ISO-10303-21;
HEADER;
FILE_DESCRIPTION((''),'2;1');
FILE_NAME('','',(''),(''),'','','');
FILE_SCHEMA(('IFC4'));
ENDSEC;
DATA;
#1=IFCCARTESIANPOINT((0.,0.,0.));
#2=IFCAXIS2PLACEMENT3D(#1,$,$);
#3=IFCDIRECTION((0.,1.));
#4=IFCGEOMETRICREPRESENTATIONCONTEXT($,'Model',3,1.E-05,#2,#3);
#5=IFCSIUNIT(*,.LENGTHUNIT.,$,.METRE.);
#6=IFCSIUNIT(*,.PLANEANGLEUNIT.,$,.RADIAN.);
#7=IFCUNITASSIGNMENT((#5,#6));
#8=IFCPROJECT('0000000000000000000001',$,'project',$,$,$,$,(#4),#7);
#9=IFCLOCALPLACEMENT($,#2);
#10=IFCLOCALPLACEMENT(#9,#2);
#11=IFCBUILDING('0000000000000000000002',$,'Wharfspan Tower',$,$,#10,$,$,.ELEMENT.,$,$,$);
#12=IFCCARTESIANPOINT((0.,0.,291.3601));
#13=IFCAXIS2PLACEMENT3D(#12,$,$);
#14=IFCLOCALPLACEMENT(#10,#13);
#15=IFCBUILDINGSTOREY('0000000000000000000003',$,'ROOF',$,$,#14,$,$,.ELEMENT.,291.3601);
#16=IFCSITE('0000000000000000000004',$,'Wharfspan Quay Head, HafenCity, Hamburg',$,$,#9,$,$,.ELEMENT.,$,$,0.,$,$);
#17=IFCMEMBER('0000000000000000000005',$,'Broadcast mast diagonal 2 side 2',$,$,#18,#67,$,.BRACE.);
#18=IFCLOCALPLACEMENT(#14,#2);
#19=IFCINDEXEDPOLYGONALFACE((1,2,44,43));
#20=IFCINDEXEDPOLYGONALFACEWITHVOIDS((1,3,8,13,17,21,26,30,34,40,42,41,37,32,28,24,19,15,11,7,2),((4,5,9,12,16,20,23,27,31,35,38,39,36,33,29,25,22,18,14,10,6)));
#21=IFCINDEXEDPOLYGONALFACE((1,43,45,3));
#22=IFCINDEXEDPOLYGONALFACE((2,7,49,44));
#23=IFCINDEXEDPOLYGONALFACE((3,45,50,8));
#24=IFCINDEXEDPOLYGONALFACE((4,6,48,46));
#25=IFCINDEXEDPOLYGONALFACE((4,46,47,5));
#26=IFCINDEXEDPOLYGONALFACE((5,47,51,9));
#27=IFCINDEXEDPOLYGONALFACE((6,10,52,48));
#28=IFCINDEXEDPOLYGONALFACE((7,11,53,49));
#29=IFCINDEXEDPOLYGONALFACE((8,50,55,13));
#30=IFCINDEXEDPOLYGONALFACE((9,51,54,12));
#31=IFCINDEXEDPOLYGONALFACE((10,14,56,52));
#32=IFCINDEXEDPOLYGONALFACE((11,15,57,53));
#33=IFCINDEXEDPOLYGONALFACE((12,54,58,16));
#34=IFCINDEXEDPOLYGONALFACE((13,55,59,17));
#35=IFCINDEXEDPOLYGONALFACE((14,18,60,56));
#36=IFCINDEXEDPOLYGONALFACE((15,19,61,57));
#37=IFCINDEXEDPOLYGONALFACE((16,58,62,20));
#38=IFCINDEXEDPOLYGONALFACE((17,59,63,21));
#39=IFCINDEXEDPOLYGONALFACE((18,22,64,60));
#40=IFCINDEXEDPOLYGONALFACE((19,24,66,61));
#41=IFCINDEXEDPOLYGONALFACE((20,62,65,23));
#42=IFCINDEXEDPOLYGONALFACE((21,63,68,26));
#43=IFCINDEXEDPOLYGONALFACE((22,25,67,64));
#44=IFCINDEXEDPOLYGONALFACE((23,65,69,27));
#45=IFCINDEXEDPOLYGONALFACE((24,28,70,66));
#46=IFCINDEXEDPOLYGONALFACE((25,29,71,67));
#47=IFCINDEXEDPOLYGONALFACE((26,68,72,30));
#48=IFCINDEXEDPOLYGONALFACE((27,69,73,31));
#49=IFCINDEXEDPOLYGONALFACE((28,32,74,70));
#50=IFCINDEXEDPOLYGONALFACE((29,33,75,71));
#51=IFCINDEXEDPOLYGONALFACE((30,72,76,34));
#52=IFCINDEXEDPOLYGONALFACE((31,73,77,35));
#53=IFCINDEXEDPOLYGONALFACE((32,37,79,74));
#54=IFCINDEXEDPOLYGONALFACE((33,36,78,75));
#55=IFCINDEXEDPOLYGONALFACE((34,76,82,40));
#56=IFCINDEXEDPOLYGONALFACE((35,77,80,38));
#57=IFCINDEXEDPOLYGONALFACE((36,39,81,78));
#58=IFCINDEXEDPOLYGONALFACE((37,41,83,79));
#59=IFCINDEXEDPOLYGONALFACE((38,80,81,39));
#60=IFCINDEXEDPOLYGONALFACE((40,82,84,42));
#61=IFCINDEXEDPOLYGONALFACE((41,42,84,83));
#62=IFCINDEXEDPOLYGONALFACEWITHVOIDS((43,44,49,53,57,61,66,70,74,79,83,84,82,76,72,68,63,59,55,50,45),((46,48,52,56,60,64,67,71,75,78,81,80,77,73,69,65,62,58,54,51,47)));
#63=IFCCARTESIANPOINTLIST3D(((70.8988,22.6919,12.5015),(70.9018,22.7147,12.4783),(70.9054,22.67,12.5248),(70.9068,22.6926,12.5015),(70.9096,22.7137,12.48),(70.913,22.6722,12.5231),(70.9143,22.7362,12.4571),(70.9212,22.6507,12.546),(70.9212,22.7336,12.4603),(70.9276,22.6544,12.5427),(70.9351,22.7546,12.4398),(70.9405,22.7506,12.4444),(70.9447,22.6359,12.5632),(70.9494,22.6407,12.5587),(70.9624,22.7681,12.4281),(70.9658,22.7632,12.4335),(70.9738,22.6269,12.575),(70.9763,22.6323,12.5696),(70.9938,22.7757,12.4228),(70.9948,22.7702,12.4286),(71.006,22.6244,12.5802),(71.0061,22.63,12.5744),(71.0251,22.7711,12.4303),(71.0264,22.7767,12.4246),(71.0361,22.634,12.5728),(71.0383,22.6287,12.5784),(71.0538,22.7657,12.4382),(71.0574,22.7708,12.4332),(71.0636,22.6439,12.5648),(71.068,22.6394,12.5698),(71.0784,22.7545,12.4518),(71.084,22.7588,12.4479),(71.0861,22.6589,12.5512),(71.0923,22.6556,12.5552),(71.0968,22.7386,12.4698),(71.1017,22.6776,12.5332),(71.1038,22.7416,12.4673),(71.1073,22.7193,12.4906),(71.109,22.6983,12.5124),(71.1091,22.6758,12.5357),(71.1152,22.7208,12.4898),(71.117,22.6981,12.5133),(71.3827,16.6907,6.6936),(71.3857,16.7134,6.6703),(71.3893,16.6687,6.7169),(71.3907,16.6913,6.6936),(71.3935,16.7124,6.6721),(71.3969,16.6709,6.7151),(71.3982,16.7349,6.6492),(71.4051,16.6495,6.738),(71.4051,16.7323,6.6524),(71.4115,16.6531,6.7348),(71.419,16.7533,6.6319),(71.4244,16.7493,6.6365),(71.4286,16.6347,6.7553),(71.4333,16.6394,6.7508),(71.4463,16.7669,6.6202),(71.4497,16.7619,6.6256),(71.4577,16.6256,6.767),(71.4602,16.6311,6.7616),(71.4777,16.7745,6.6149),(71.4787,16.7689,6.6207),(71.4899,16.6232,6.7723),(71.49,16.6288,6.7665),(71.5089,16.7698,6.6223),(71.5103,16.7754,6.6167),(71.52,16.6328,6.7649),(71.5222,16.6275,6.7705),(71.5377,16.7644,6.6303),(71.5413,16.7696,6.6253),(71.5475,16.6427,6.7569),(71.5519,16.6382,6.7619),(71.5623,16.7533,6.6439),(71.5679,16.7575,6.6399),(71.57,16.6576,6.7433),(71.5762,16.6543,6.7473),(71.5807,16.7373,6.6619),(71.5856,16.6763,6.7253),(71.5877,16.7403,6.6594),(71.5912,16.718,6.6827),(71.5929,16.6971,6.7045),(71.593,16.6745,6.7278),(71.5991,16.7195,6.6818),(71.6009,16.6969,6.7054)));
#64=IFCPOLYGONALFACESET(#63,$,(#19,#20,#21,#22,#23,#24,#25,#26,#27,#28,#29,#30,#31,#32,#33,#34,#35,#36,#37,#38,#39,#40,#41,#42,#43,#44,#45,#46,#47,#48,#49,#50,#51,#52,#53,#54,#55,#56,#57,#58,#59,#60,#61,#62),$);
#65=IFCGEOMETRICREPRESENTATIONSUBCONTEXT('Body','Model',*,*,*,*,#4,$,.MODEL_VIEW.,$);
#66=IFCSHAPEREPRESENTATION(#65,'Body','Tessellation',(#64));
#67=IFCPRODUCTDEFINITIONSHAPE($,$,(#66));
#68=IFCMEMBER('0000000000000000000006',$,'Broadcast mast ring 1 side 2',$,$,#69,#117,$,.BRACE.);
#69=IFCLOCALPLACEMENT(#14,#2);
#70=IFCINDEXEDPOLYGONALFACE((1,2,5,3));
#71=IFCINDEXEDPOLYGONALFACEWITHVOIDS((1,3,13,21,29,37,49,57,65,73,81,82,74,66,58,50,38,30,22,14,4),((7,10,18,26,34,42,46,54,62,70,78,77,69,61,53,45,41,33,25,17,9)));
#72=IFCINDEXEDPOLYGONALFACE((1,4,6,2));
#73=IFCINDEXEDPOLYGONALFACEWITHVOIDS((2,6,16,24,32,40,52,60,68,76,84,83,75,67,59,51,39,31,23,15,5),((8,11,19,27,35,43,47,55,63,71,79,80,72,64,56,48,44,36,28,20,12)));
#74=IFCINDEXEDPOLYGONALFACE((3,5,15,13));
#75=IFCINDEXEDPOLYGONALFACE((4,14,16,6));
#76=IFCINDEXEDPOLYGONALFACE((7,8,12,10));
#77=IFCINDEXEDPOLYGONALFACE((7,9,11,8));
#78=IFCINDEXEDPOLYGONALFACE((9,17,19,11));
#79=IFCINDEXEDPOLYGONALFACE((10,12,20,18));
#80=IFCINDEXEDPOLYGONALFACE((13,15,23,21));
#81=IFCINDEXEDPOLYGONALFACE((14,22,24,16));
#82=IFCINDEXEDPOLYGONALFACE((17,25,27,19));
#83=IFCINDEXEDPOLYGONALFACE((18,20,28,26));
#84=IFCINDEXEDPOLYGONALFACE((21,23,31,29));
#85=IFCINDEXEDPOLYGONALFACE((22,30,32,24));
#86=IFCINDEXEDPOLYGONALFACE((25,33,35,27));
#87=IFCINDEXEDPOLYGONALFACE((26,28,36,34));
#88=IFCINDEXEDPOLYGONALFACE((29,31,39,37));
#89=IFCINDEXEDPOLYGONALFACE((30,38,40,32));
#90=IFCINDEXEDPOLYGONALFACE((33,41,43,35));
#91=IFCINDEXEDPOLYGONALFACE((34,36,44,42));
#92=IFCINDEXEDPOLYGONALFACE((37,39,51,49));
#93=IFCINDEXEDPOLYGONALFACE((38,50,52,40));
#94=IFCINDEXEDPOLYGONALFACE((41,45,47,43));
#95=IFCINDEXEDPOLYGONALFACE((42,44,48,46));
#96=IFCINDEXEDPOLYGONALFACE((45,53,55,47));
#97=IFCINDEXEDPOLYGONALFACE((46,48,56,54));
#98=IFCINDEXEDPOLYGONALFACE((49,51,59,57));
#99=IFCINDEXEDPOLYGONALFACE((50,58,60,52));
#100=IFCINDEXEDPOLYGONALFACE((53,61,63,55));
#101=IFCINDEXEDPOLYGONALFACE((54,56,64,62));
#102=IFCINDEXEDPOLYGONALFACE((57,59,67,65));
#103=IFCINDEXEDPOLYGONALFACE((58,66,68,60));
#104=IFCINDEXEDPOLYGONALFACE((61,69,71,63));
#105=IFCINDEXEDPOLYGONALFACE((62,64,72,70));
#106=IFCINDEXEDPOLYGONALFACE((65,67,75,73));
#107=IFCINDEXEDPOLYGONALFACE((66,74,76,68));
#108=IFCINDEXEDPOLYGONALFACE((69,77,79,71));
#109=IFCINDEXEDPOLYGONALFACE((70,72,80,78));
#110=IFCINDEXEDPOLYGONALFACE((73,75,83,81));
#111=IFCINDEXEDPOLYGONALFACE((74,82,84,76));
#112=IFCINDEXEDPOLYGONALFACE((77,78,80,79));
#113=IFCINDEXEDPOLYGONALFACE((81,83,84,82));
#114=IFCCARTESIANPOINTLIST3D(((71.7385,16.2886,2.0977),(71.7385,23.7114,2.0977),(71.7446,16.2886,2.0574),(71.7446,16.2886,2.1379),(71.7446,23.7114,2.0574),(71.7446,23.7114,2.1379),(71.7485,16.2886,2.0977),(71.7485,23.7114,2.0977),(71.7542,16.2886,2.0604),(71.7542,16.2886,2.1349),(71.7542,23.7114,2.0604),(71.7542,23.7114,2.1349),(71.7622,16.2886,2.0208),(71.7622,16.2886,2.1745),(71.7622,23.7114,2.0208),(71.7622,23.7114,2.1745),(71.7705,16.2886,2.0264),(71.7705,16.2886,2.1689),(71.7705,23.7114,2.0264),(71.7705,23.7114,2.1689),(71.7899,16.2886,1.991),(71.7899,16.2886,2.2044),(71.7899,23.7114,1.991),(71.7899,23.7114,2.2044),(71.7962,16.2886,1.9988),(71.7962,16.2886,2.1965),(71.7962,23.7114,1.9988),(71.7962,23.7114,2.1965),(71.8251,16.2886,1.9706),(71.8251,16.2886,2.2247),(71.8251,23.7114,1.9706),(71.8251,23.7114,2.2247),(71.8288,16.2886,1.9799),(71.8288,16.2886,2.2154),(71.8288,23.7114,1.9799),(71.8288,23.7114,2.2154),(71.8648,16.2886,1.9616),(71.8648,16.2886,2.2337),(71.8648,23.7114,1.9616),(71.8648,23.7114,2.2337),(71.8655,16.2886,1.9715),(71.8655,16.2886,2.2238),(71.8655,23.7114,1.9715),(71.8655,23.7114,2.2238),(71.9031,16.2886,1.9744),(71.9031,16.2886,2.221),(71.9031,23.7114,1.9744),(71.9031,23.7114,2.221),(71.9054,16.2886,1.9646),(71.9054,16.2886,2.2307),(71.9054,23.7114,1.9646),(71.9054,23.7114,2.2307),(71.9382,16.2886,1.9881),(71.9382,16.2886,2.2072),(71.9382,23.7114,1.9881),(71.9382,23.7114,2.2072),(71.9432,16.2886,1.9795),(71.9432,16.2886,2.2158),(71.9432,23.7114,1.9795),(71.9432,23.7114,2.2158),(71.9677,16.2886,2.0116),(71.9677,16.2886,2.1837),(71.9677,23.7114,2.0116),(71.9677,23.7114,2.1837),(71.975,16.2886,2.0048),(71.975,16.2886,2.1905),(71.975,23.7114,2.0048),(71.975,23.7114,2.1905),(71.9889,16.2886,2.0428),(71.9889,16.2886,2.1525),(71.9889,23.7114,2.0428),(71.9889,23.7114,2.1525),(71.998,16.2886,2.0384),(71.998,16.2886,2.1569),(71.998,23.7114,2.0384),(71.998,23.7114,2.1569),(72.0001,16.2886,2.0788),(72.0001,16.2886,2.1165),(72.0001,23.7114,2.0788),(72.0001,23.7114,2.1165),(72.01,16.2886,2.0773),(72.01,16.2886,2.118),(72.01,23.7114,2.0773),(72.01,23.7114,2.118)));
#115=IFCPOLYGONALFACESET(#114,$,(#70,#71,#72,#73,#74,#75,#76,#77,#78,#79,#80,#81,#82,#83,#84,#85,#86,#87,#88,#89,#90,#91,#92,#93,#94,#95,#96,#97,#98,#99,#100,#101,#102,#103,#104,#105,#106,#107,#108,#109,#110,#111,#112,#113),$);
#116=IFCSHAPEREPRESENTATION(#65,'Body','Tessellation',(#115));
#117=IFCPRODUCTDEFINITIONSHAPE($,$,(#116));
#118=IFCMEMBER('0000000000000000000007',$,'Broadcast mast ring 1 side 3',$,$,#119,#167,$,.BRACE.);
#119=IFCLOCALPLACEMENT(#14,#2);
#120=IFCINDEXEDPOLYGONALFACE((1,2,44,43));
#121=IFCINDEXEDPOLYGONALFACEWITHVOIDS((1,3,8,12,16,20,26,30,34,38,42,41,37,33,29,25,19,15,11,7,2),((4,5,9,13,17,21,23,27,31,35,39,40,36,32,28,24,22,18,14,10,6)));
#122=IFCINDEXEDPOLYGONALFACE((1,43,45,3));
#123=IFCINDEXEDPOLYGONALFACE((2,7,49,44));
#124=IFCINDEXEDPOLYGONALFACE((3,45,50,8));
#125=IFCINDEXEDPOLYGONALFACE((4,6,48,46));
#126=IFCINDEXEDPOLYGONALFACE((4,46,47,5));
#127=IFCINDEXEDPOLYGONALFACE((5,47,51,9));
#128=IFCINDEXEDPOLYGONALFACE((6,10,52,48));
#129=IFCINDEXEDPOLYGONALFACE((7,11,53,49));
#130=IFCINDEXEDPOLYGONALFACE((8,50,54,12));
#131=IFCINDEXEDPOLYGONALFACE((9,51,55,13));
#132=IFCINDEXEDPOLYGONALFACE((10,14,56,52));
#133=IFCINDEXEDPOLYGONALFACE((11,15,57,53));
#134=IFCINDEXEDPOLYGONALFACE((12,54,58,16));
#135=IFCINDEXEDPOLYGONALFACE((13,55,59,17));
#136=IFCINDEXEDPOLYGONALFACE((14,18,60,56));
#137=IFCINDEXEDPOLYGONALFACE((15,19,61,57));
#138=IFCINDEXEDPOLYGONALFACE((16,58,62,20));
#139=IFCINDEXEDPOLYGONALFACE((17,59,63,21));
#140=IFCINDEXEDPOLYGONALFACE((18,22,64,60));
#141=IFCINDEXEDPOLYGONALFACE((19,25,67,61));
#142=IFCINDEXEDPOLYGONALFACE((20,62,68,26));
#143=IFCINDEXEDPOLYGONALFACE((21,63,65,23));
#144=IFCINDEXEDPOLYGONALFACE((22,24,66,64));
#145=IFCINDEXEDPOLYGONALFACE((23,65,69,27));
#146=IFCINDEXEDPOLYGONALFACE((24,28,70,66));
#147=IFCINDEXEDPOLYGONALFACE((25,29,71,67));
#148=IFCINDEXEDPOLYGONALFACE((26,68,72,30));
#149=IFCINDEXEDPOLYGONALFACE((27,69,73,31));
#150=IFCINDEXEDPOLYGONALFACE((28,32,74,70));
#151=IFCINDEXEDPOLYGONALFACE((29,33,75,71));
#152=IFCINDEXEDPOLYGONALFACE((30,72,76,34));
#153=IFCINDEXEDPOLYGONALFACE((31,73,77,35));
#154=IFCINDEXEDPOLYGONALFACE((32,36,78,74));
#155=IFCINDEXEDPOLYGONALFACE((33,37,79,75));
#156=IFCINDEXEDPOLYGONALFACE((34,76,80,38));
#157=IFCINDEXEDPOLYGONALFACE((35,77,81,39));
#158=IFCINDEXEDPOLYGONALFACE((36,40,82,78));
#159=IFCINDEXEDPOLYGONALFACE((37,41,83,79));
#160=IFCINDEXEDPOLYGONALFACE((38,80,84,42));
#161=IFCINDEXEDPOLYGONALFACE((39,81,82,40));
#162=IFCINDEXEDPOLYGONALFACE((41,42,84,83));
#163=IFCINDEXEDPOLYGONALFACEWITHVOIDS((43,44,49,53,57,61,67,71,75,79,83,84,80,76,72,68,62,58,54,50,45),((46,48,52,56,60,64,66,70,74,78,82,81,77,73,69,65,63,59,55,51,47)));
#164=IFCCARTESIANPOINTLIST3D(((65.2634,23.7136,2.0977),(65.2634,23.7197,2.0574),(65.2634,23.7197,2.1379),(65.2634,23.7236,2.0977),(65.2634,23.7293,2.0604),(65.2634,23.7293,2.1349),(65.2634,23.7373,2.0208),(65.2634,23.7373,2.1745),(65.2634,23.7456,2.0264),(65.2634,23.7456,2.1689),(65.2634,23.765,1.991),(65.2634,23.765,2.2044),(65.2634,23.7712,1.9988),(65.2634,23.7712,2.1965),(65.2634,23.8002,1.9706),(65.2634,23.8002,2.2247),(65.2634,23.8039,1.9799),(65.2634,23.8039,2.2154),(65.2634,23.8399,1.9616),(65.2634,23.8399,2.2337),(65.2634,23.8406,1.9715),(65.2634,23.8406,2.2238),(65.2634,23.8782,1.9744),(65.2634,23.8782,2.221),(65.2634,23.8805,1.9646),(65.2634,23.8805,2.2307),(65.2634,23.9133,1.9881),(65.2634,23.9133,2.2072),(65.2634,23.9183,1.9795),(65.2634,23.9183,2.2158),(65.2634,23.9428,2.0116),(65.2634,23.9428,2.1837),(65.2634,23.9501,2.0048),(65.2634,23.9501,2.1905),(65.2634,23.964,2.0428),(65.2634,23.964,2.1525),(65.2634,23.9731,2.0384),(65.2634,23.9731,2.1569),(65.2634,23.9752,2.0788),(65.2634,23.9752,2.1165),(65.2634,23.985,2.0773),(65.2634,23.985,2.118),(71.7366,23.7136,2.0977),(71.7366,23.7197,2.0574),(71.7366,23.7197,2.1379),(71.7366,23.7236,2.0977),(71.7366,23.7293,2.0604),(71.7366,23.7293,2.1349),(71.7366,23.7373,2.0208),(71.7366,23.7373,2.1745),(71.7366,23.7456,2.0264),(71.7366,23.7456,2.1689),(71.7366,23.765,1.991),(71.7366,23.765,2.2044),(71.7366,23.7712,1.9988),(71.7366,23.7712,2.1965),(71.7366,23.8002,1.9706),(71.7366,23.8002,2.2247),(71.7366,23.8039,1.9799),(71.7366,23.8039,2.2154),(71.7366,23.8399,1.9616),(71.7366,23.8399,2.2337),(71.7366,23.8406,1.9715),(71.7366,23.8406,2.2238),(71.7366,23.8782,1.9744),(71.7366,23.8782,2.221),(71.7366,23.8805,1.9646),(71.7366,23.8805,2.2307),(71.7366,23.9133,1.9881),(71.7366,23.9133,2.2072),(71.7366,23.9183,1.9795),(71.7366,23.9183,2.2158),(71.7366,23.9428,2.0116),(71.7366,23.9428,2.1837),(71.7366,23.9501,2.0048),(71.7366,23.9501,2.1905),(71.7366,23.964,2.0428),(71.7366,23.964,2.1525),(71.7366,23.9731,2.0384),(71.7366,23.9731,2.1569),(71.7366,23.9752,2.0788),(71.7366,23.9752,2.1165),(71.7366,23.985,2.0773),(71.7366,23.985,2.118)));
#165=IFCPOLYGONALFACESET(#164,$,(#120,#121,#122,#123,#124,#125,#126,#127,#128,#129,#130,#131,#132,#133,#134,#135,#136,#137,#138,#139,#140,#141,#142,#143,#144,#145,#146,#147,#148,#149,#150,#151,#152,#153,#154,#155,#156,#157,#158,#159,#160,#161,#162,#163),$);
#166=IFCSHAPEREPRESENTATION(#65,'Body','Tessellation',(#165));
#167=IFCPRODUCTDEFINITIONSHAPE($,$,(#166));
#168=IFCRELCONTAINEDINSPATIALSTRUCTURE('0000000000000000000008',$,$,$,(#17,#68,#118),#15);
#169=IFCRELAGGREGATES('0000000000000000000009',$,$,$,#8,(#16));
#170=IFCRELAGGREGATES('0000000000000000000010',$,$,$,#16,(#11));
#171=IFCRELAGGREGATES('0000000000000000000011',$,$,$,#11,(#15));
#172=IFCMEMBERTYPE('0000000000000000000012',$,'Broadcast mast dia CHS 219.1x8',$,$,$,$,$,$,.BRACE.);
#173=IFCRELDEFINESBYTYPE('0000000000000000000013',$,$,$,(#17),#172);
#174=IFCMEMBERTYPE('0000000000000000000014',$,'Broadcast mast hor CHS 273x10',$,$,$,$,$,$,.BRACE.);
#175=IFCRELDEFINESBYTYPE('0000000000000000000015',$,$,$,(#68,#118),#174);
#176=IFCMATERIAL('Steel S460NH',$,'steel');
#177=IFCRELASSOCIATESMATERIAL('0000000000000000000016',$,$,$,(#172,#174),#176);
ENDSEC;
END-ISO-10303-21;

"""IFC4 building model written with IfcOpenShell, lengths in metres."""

from ifc_helpers import new_model, si_unit, direction, frame, origin, origin_2d, place, context, subcontext, project, spatial, hollow_circle, extrude, material, material_profile, profile_set, type_object, element, save


model = new_model("IFC4")

# Units and contexts
model_context = context("Model", 3, precision=1e-05, world=origin(), true_north=direction((0.0, 1.0)))
body_context = subcontext(model_context, "Body", "Model", "MODEL_VIEW")
ifc_project = project(units=[si_unit("LENGTHUNIT", "METRE"), si_unit("PLANEANGLEUNIT", "RADIAN")], contexts=[model_context])

# Site, building, storey
site_placement = place(None, origin())
site = spatial("IfcSite", under=ifc_project, at=site_placement, Name="Wharfspan Quay Head, HafenCity, Hamburg", CompositionType="ELEMENT", RefElevation=0.0)
building_placement = place(site_placement, origin())
building = spatial("IfcBuilding", under=site, at=building_placement, Name="Wharfspan Tower", CompositionType="ELEMENT")
storey_placement = place(building_placement, frame((0.0, 0.0, 291.3601)))
storey = spatial("IfcBuildingStorey", under=building, at=storey_placement, Name="ROOF", CompositionType="ELEMENT", Elevation=291.3601)

# Members
ifc_material_1 = material(Name="Steel S460NH", Category="steel")
ifc_material_profile_1 = material_profile(ifc_material_1, hollow_circle(Radius=0.1096, WallThickness=0.0081, at=origin_2d()))
ifc_profile_set_1 = profile_set([ifc_material_profile_1], Name="Steel S460NH")
member_type_1 = type_object("IfcMemberType", Name="Broadcast mast dia CHS 219.1x8", PredefinedType="BRACE", material=ifc_profile_set_1)
member_1_placement = place(storey_placement, frame((71.4919, 16.6995, 6.6936), z_axis=(-0.057844, 0.717385, 0.694271), x_axis=(-0.996766, -0.08037, -0.000001)))
element("IfcMember", 1, at=member_1_placement, inside=storey, type_object=member_type_1, Name="Broadcast mast diagonal 2 side 2", PredefinedType="BRACE", context=body_context, shape_type="SweptSolid", body=[
    extrude(hollow_circle(Radius=0.1096, WallThickness=0.0081, at=origin_2d()), origin(), (0.0, 0.0, 1.0), 8.3655),
])
ifc_material_profile_2 = material_profile(ifc_material_1, hollow_circle(Radius=0.1365, WallThickness=0.01, at=origin_2d()))
ifc_profile_set_2 = profile_set([ifc_material_profile_2], Name="Steel S460NH")
member_type_2 = type_object("IfcMemberType", Name="Broadcast mast hor CHS 273x10", PredefinedType="BRACE", material=ifc_profile_set_2)
member_2_placement = place(storey_placement, frame((71.875, 16.2886, 2.0977), z_axis=(0.0, 1.0, 0.0), x_axis=(-1.0, 0.0, 0.0)))
element("IfcMember", 2, at=member_2_placement, inside=storey, type_object=member_type_2, Name="Broadcast mast ring 1 side 2", PredefinedType="BRACE", context=body_context, shape_type="SweptSolid", body=[
    extrude(hollow_circle(Radius=0.1365, WallThickness=0.01, at=origin_2d()), origin(), (0.0, 0.0, 1.0), 7.4229),
])
member_3_placement = place(storey_placement, frame((71.7366, 23.8501, 2.0977), z_axis=(-1.0, 0.0, 0.0), x_axis=(0.0, -1.0, 0.0)))
element("IfcMember", 3, at=member_3_placement, inside=storey, type_object=member_type_2, Name="Broadcast mast ring 1 side 3", PredefinedType="BRACE", context=body_context, shape_type="SweptSolid", body=[
    extrude(hollow_circle(Radius=0.1365, WallThickness=0.01, at=origin_2d()), origin(), (0.0, 0.0, 1.0), 6.4731),
])

save(model, "model.ifc")
